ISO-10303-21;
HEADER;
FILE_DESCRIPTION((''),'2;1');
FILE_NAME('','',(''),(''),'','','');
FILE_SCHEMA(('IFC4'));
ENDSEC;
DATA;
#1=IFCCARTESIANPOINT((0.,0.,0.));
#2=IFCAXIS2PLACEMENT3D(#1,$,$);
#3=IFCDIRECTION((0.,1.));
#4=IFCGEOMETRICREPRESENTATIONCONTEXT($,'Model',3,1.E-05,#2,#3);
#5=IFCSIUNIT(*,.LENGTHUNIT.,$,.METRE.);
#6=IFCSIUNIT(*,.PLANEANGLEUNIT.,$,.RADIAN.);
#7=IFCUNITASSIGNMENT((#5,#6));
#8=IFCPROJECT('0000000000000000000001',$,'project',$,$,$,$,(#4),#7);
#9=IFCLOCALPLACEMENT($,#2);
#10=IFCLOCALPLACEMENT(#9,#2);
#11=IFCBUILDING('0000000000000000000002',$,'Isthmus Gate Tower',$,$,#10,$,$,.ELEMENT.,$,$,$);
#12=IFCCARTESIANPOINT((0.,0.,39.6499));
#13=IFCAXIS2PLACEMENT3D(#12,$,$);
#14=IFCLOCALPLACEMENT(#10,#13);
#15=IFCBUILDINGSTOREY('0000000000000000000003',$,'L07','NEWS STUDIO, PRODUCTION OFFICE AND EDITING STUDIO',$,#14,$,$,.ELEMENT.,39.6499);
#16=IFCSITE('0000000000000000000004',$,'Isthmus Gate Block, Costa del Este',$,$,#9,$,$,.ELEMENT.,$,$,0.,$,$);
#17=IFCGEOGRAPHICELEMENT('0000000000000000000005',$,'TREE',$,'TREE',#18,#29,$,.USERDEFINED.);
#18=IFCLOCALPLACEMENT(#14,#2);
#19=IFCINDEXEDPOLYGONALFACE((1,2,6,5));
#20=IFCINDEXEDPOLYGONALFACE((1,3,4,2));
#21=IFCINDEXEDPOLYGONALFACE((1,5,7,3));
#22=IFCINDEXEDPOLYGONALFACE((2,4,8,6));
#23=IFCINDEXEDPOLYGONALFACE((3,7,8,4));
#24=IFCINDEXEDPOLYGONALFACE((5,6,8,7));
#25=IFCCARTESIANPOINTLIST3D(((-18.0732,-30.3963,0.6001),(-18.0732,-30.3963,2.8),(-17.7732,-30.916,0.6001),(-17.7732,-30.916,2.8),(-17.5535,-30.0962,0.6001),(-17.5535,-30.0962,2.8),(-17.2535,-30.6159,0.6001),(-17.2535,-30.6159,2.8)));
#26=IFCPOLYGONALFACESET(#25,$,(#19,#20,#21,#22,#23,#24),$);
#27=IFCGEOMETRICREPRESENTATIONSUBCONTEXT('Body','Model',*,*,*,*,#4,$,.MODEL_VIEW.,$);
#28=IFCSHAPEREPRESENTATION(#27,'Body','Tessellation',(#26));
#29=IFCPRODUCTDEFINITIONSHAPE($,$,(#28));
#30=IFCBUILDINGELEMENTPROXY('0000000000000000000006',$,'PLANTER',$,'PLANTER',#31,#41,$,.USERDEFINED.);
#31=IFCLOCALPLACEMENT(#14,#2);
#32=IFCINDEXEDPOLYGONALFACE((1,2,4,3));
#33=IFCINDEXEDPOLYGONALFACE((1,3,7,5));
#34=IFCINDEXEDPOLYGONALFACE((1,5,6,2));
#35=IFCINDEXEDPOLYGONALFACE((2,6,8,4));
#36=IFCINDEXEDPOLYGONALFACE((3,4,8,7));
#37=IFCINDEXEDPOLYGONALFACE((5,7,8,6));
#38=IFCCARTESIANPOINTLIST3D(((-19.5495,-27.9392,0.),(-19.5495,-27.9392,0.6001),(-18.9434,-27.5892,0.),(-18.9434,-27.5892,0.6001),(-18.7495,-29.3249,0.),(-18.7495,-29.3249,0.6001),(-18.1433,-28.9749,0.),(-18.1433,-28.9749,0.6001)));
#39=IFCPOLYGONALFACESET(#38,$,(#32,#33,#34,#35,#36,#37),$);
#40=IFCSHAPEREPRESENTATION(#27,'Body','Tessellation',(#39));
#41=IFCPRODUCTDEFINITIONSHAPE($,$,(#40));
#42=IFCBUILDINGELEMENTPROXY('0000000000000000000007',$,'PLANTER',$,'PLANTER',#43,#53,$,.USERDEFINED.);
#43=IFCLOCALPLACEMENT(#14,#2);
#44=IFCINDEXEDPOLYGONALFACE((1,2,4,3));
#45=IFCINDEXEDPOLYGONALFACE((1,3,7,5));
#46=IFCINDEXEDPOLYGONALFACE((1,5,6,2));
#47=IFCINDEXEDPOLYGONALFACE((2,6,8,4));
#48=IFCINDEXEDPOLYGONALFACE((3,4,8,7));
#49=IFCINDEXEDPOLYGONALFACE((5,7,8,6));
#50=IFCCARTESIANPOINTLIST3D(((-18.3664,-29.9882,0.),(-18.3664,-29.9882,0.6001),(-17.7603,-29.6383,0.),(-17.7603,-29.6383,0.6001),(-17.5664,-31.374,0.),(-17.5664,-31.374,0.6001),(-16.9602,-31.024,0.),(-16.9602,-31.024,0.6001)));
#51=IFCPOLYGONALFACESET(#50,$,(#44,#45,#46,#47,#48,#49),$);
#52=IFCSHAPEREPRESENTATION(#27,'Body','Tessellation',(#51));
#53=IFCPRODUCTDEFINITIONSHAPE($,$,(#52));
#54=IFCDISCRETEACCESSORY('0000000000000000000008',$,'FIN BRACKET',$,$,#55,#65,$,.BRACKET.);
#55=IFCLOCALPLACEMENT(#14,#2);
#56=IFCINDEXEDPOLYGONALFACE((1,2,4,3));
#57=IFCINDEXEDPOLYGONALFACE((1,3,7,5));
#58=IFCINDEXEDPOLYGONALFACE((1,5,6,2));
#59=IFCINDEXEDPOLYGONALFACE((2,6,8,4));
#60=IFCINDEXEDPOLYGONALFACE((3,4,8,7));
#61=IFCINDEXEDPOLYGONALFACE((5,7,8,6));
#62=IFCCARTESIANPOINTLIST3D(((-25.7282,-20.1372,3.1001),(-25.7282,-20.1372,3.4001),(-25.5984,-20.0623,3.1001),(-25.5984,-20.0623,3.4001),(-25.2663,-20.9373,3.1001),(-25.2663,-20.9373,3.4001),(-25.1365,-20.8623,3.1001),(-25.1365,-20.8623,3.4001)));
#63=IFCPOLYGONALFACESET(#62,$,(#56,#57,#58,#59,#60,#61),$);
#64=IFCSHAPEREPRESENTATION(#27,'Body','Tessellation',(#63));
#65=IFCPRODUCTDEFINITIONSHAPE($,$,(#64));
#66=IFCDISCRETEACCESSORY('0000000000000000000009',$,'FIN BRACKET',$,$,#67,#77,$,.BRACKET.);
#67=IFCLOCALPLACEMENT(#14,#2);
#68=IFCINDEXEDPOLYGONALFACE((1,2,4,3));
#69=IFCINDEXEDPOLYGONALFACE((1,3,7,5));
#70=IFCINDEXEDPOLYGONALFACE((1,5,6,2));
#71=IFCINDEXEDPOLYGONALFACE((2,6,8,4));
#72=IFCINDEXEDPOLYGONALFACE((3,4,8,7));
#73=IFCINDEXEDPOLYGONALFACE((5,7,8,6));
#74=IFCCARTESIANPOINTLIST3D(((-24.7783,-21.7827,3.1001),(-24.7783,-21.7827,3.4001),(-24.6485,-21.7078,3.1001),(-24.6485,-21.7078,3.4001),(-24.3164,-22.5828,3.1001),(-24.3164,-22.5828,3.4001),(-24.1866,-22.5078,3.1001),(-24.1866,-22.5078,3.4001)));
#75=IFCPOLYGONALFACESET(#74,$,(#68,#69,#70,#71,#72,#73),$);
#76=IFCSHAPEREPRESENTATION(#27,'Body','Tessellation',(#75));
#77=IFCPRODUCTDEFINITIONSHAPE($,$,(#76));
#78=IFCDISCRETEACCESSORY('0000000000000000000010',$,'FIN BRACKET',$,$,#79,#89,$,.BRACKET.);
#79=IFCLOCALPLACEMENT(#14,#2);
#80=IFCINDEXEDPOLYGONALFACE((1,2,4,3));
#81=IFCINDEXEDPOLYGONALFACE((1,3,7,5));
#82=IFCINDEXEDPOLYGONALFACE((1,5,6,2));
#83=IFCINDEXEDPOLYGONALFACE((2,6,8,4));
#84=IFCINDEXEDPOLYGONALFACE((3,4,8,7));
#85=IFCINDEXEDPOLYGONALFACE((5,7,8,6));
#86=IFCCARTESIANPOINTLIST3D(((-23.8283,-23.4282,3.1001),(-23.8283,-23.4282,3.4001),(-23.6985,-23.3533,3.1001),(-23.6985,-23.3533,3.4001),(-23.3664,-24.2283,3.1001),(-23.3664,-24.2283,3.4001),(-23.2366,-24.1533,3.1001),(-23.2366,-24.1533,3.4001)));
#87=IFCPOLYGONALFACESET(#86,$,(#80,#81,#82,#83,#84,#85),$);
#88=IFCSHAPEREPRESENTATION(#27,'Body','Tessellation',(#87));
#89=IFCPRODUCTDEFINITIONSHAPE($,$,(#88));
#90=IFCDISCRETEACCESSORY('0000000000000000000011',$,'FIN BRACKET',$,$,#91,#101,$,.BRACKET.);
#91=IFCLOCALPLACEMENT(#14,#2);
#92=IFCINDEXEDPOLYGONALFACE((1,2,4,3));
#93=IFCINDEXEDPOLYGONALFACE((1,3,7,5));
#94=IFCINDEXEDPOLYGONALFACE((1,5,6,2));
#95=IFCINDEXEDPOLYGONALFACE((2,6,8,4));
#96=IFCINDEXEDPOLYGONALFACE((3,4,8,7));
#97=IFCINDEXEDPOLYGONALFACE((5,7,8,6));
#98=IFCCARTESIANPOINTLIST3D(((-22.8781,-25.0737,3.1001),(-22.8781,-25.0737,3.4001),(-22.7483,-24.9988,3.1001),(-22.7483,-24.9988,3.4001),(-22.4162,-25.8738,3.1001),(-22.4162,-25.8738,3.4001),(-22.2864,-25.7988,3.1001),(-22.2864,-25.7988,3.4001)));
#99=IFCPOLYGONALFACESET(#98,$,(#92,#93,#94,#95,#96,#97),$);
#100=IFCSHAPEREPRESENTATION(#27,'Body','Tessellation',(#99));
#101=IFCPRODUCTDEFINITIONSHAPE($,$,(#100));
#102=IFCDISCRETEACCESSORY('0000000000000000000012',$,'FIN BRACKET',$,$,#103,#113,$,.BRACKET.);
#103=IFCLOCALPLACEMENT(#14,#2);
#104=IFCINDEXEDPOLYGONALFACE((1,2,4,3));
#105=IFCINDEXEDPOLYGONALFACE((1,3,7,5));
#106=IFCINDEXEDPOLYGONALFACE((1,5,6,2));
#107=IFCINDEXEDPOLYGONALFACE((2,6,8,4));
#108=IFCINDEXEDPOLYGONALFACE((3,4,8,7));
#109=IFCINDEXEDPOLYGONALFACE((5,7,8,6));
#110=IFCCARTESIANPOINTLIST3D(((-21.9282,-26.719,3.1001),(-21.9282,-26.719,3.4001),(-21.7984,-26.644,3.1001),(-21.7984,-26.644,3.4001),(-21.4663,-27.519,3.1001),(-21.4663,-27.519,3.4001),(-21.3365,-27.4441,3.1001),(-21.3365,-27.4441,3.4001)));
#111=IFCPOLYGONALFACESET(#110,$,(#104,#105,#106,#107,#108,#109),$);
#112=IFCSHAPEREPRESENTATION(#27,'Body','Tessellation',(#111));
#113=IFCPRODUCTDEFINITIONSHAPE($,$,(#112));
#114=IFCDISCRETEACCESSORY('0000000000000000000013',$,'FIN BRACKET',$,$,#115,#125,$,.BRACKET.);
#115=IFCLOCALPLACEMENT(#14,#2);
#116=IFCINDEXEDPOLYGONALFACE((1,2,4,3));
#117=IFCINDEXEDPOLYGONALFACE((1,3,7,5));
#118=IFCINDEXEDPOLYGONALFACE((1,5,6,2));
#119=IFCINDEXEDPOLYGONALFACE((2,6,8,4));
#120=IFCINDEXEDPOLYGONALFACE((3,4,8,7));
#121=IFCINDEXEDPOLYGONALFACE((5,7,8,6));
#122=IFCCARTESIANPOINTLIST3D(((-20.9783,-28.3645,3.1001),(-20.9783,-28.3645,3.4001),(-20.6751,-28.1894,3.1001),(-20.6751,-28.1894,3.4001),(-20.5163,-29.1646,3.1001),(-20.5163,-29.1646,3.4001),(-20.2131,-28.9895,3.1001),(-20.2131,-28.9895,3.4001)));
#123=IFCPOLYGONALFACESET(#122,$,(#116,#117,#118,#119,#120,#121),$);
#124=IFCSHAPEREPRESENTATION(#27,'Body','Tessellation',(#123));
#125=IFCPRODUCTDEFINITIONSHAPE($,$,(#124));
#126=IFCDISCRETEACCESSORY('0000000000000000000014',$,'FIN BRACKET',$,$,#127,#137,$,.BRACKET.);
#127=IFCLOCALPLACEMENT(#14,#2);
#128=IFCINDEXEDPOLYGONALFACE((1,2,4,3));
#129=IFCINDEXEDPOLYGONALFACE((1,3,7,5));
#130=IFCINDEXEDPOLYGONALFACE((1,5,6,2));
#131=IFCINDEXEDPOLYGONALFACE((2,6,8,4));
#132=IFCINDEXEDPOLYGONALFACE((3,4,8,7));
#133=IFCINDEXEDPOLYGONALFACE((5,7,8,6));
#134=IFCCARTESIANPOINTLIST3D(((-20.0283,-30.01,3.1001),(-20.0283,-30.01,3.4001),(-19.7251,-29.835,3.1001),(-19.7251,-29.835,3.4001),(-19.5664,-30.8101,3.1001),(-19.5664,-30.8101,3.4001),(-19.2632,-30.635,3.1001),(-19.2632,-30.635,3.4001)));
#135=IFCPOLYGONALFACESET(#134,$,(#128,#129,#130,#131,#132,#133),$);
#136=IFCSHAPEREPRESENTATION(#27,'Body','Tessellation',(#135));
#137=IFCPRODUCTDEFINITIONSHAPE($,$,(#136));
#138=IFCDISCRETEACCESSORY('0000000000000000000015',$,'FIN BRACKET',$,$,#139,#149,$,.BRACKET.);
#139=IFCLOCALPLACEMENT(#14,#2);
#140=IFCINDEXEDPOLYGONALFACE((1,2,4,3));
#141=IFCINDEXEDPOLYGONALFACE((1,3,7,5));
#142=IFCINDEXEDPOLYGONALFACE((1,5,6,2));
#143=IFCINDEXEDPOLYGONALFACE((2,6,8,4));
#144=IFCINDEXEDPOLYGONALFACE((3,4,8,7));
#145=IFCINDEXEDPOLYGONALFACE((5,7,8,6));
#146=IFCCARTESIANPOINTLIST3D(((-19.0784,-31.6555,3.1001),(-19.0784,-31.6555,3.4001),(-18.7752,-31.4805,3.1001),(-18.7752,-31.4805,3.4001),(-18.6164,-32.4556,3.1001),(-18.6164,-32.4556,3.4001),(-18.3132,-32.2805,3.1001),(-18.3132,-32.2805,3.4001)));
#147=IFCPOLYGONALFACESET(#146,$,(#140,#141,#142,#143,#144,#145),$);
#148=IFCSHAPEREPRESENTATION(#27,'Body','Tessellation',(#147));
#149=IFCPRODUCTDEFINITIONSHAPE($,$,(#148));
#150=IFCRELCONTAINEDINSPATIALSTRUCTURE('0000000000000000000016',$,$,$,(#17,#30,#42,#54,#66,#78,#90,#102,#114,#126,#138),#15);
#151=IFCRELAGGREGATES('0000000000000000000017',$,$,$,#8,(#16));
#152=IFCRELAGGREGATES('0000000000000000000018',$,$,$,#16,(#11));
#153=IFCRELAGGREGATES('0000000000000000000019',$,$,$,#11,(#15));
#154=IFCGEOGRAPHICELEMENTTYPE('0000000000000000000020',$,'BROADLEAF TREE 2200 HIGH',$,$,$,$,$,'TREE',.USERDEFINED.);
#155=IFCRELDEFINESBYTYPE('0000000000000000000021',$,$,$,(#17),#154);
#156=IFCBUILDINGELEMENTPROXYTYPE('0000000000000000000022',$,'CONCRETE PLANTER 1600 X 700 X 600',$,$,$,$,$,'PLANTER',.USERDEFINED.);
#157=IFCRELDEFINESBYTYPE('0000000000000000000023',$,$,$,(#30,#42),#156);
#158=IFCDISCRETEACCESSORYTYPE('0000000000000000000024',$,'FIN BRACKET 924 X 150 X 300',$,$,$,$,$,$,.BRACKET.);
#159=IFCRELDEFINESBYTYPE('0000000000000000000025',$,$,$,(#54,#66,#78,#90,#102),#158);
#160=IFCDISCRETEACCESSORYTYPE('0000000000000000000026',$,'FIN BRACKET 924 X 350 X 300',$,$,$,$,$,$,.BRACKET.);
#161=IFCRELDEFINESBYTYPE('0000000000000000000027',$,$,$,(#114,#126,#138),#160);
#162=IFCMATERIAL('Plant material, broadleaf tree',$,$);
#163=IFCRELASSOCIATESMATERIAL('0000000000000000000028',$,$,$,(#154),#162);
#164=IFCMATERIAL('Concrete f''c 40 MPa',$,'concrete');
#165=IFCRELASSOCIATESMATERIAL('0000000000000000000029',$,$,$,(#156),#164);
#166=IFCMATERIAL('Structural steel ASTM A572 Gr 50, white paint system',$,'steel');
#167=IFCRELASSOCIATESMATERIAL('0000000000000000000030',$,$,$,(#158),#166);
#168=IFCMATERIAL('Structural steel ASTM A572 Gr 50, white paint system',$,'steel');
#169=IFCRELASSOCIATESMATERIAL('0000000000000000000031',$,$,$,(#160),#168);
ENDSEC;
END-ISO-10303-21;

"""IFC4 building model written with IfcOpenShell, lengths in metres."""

from ifc_helpers import new_model, si_unit, direction, frame, origin, origin_2d, place, context, subcontext, project, spatial, rectangle, extrude, material, type_object, element, save


model = new_model("IFC4")

# Units and contexts
model_context = context("Model", 3, precision=1e-05, world=origin(), true_north=direction((0.0, 1.0)))
body_context = subcontext(model_context, "Body", "Model", "MODEL_VIEW")
ifc_project = project(units=[si_unit("LENGTHUNIT", "METRE"), si_unit("PLANEANGLEUNIT", "RADIAN")], contexts=[model_context])

# Site, building, storey
site_placement = place(None, origin())
site = spatial("IfcSite", under=ifc_project, at=site_placement, Name="Isthmus Gate Block, Costa del Este", CompositionType="ELEMENT", RefElevation=0.0)
building_placement = place(site_placement, origin())
building = spatial("IfcBuilding", under=site, at=building_placement, Name="Isthmus Gate Tower", CompositionType="ELEMENT")
storey_placement = place(building_placement, frame((0.0, 0.0, 39.6499)))
storey = spatial("IfcBuildingStorey", under=building, at=storey_placement, Name="L07", Description="NEWS STUDIO, PRODUCTION OFFICE AND EDITING STUDIO", CompositionType="ELEMENT", Elevation=39.6499)

# Geographic element
ifc_material_1 = material(Name="Plant material, broadleaf tree")
geographic_element_type = type_object("IfcGeographicElementType", Name="BROADLEAF TREE 2200 HIGH", ElementType="TREE", PredefinedType="USERDEFINED", material=ifc_material_1)
for number, where, z_axis, x_axis, name in (
    (1, (-17.6633, -30.5061, 0.6001), (0.0, 0.0, 1.0), (0.5, -0.866025, 0.0), "TREE"),
):
    element("IfcGeographicElement", number, at=place(storey_placement, frame(where, z_axis=z_axis, x_axis=x_axis)), inside=storey, type_object=geographic_element_type, Name=name, ObjectType="TREE", PredefinedType="USERDEFINED", context=body_context, shape_type="SweptSolid", body=[
        extrude(rectangle(XDim=0.6001, YDim=0.6001, at=origin_2d()), origin(), (0.0, 0.0, 1.0), 2.2),
    ])

# Building element proxies
ifc_material_2 = material(Name="Concrete f'c 40 MPa", Category="concrete")
building_element_proxy_type = type_object("IfcBuildingElementProxyType", Name="CONCRETE PLANTER 1600 X 700 X 600", ElementType="PLANTER", PredefinedType="USERDEFINED", material=ifc_material_2)
for number, where, z_axis, x_axis, name in (
    (2, (-18.8464, -28.457, 0.0), (0.0, 0.0, 1.0), (0.5, -0.866025, 0.0), "PLANTER"),
    (3, (-17.6633, -30.5061, 0.0), (0.0, 0.0, 1.0), (0.5, -0.866025, 0.0), "PLANTER"),
):
    element("IfcBuildingElementProxy", number, at=place(storey_placement, frame(where, z_axis=z_axis, x_axis=x_axis)), inside=storey, type_object=building_element_proxy_type, Name=name, ObjectType="PLANTER", PredefinedType="USERDEFINED", context=body_context, shape_type="SweptSolid", body=[
        extrude(rectangle(XDim=1.6001, YDim=0.7, at=origin_2d()), origin(), (0.0, 0.0, 1.0), 0.6001),
    ])

# Discrete accessories
ifc_material_3 = material(Name="Structural steel ASTM A572 Gr 50, white paint system", Category="steel")
discrete_accessory_type_1 = type_object("IfcDiscreteAccessoryType", Name="FIN BRACKET 924 X 150 X 300", PredefinedType="BRACKET", material=ifc_material_3)
for number, where, z_axis, x_axis, name in (
    (4, (-25.4324, -20.4998, 3.1001), (0.0, 0.0, 1.0), (-0.866025, -0.5, 0.0), "FIN BRACKET"),
    (5, (-24.4824, -22.1453, 3.1001), (0.0, 0.0, 1.0), (-0.866025, -0.5, 0.0), "FIN BRACKET"),
    (6, (-23.5325, -23.7908, 3.1001), (0.0, 0.0, 1.0), (-0.866025, -0.5, 0.0), "FIN BRACKET"),
    (7, (-22.5823, -25.4363, 3.1001), (0.0, 0.0, 1.0), (-0.866025, -0.5, 0.0), "FIN BRACKET"),
    (8, (-21.6323, -27.0815, 3.1001), (0.0, 0.0, 1.0), (-0.866025, -0.5, 0.0), "FIN BRACKET"),
):
    element("IfcDiscreteAccessory", number, at=place(storey_placement, frame(where, z_axis=z_axis, x_axis=x_axis)), inside=storey, type_object=discrete_accessory_type_1, Name=name, PredefinedType="BRACKET", context=body_context, shape_type="SweptSolid", body=[
        extrude(rectangle(XDim=0.1499, YDim=0.9238, at=origin_2d()), origin(), (0.0, 0.0, 1.0), 0.3),
    ])
ifc_material_4 = material(Name="Structural steel ASTM A572 Gr 50, white paint system", Category="steel")
discrete_accessory_type_2 = type_object("IfcDiscreteAccessoryType", Name="FIN BRACKET 924 X 350 X 300", PredefinedType="BRACKET", material=ifc_material_4)
for number, where, z_axis, x_axis, name in (
    (9, (-20.5957, -28.677, 3.1001), (0.0, 0.0, 1.0), (-0.866025, -0.5, 0.0), "FIN BRACKET"),
    (10, (-19.6458, -30.3225, 3.1001), (0.0, 0.0, 1.0), (-0.866025, -0.5, 0.0), "FIN BRACKET"),
    (11, (-18.6958, -31.968, 3.1001), (0.0, 0.0, 1.0), (-0.866025, -0.5, 0.0), "FIN BRACKET"),
):
    element("IfcDiscreteAccessory", number, at=place(storey_placement, frame(where, z_axis=z_axis, x_axis=x_axis)), inside=storey, type_object=discrete_accessory_type_2, Name=name, PredefinedType="BRACKET", context=body_context, shape_type="SweptSolid", body=[
        extrude(rectangle(XDim=0.3501, YDim=0.9238, at=origin_2d()), origin(), (0.0, 0.0, 1.0), 0.3),
    ])

save(model, "model.ifc")
